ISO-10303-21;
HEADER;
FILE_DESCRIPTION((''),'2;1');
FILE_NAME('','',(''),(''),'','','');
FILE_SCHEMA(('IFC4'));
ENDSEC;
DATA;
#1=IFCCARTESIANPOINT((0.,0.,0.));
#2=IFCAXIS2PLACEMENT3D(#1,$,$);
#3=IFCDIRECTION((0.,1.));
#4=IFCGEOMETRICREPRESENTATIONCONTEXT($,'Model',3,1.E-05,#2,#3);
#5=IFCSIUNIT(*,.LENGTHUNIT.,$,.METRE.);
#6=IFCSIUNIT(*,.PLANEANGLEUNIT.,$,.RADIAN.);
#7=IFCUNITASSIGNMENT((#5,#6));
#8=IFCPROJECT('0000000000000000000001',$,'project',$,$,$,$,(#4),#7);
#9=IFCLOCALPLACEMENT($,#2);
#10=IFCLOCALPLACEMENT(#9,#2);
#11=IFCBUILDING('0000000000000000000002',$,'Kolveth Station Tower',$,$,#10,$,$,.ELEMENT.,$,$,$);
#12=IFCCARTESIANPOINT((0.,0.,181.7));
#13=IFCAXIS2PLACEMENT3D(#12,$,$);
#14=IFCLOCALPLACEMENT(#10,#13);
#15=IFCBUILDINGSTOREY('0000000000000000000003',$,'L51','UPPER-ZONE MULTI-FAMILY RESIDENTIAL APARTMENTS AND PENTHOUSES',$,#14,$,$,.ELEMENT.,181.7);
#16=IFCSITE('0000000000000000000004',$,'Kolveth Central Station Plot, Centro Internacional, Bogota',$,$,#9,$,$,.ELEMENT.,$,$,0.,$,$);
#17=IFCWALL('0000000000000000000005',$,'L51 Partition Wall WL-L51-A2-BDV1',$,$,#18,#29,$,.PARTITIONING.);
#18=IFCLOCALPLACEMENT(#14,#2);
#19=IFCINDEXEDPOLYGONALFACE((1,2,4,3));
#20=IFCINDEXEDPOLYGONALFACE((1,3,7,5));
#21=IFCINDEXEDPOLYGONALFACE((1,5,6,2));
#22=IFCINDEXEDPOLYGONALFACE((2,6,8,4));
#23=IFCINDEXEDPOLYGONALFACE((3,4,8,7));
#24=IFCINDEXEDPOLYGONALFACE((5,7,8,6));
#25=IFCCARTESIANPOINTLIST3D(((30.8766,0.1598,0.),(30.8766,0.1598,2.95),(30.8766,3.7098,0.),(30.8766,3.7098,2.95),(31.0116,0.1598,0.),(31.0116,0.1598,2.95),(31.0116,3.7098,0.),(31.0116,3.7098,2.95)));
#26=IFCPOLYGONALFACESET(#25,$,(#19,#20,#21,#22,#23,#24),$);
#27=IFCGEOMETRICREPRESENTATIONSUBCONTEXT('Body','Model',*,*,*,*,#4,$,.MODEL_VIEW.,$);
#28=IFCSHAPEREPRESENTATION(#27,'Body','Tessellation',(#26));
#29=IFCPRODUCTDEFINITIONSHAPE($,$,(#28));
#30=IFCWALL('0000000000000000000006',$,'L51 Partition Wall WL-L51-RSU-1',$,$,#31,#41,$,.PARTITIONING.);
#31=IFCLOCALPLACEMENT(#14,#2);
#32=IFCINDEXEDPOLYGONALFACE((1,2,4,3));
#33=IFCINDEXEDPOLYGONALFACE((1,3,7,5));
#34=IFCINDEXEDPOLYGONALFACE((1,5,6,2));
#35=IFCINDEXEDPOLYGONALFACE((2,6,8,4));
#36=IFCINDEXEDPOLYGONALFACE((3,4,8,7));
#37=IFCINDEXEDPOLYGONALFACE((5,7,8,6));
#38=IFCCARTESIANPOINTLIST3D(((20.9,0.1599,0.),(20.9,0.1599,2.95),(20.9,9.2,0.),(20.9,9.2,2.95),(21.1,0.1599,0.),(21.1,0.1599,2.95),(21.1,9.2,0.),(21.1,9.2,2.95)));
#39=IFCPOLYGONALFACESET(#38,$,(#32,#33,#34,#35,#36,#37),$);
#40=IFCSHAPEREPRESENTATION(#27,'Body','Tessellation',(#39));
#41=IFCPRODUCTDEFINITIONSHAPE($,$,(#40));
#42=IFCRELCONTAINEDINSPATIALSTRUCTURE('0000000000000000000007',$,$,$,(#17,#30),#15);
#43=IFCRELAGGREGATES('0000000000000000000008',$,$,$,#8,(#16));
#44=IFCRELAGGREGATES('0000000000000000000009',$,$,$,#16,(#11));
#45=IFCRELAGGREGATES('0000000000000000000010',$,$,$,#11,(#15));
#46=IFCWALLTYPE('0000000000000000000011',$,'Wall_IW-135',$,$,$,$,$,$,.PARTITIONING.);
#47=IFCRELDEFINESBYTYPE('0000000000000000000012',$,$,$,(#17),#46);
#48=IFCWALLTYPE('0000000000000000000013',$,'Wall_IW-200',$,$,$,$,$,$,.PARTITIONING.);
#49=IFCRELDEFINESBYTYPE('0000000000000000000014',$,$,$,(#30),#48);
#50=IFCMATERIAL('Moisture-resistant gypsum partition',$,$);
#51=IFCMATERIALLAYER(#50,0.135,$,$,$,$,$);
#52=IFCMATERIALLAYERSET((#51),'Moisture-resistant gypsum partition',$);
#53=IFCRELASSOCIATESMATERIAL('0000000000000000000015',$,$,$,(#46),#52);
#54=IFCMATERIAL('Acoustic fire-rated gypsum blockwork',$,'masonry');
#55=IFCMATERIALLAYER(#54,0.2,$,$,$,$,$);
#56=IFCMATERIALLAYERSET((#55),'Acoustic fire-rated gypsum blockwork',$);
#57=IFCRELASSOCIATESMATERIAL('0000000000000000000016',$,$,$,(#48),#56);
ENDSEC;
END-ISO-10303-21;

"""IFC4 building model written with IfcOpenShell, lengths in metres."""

from ifc_helpers import new_model, si_unit, direction, frame, frame_2d, origin, place, context, subcontext, project, spatial, rectangle, extrude, material, layer, layer_set, type_object, element, save


model = new_model("IFC4")

# Units and contexts
model_context = context("Model", 3, precision=1e-05, world=origin(), true_north=direction((0.0, 1.0)))
body_context = subcontext(model_context, "Body", "Model", "MODEL_VIEW")
ifc_project = project(units=[si_unit("LENGTHUNIT", "METRE"), si_unit("PLANEANGLEUNIT", "RADIAN")], contexts=[model_context])

# Site, building, storey
site_placement = place(None, origin())
site = spatial("IfcSite", under=ifc_project, at=site_placement, Name="Kolveth Central Station Plot, Centro Internacional, Bogota", CompositionType="ELEMENT", RefElevation=0.0)
building_placement = place(site_placement, origin())
building = spatial("IfcBuilding", under=site, at=building_placement, Name="Kolveth Station Tower", CompositionType="ELEMENT")
storey_placement = place(building_placement, frame((0.0, 0.0, 181.7)))
storey = spatial("IfcBuildingStorey", under=building, at=storey_placement, Name="L51", Description="UPPER-ZONE MULTI-FAMILY RESIDENTIAL APARTMENTS AND PENTHOUSES", CompositionType="ELEMENT", Elevation=181.7)

# Shared definitions
ifc_material_1 = material(Name="Moisture-resistant gypsum partition")
ifc_layer_1 = layer(ifc_material_1, 0.135)
ifc_layer_set_1 = layer_set([ifc_layer_1], Name="Moisture-resistant gypsum partition")
wall_type_1 = type_object("IfcWallType", Name="Wall_IW-135", PredefinedType="PARTITIONING", material=ifc_layer_set_1)

# Walls
wall_1_placement = place(storey_placement, frame((30.9441, 0.1599, 0.0), z_axis=(0.0, 0.0, 1.0), x_axis=(0.0, 1.0, 0.0)))
element("IfcWall", 1, at=wall_1_placement, inside=storey, type_object=wall_type_1, Name="L51 Partition Wall WL-L51-A2-BDV1", PredefinedType="PARTITIONING", context=body_context, shape_type="SweptSolid", body=[
    extrude(rectangle(XDim=3.55, YDim=0.135, at=frame_2d((1.7749, 0.0))), origin(), (0.0, 0.0, 1.0), 2.95),
])
ifc_material_2 = material(Name="Acoustic fire-rated gypsum blockwork", Category="masonry")
ifc_layer_2 = layer(ifc_material_2, 0.2)
ifc_layer_set_2 = layer_set([ifc_layer_2], Name="Acoustic fire-rated gypsum blockwork")
wall_type_2 = type_object("IfcWallType", Name="Wall_IW-200", PredefinedType="PARTITIONING", material=ifc_layer_set_2)
wall_2_placement = place(storey_placement, frame((21.0, 0.1599, 0.0), z_axis=(0.0, 0.0, 1.0), x_axis=(0.0, 1.0, 0.0)))
element("IfcWall", 2, at=wall_2_placement, inside=storey, type_object=wall_type_2, Name="L51 Partition Wall WL-L51-RSU-1", PredefinedType="PARTITIONING", context=body_context, shape_type="SweptSolid", body=[
    extrude(rectangle(XDim=9.04, YDim=0.2, at=frame_2d((4.52, 0.0))), origin(), (0.0, 0.0, 1.0), 2.95),
])

save(model, "model.ifc")
